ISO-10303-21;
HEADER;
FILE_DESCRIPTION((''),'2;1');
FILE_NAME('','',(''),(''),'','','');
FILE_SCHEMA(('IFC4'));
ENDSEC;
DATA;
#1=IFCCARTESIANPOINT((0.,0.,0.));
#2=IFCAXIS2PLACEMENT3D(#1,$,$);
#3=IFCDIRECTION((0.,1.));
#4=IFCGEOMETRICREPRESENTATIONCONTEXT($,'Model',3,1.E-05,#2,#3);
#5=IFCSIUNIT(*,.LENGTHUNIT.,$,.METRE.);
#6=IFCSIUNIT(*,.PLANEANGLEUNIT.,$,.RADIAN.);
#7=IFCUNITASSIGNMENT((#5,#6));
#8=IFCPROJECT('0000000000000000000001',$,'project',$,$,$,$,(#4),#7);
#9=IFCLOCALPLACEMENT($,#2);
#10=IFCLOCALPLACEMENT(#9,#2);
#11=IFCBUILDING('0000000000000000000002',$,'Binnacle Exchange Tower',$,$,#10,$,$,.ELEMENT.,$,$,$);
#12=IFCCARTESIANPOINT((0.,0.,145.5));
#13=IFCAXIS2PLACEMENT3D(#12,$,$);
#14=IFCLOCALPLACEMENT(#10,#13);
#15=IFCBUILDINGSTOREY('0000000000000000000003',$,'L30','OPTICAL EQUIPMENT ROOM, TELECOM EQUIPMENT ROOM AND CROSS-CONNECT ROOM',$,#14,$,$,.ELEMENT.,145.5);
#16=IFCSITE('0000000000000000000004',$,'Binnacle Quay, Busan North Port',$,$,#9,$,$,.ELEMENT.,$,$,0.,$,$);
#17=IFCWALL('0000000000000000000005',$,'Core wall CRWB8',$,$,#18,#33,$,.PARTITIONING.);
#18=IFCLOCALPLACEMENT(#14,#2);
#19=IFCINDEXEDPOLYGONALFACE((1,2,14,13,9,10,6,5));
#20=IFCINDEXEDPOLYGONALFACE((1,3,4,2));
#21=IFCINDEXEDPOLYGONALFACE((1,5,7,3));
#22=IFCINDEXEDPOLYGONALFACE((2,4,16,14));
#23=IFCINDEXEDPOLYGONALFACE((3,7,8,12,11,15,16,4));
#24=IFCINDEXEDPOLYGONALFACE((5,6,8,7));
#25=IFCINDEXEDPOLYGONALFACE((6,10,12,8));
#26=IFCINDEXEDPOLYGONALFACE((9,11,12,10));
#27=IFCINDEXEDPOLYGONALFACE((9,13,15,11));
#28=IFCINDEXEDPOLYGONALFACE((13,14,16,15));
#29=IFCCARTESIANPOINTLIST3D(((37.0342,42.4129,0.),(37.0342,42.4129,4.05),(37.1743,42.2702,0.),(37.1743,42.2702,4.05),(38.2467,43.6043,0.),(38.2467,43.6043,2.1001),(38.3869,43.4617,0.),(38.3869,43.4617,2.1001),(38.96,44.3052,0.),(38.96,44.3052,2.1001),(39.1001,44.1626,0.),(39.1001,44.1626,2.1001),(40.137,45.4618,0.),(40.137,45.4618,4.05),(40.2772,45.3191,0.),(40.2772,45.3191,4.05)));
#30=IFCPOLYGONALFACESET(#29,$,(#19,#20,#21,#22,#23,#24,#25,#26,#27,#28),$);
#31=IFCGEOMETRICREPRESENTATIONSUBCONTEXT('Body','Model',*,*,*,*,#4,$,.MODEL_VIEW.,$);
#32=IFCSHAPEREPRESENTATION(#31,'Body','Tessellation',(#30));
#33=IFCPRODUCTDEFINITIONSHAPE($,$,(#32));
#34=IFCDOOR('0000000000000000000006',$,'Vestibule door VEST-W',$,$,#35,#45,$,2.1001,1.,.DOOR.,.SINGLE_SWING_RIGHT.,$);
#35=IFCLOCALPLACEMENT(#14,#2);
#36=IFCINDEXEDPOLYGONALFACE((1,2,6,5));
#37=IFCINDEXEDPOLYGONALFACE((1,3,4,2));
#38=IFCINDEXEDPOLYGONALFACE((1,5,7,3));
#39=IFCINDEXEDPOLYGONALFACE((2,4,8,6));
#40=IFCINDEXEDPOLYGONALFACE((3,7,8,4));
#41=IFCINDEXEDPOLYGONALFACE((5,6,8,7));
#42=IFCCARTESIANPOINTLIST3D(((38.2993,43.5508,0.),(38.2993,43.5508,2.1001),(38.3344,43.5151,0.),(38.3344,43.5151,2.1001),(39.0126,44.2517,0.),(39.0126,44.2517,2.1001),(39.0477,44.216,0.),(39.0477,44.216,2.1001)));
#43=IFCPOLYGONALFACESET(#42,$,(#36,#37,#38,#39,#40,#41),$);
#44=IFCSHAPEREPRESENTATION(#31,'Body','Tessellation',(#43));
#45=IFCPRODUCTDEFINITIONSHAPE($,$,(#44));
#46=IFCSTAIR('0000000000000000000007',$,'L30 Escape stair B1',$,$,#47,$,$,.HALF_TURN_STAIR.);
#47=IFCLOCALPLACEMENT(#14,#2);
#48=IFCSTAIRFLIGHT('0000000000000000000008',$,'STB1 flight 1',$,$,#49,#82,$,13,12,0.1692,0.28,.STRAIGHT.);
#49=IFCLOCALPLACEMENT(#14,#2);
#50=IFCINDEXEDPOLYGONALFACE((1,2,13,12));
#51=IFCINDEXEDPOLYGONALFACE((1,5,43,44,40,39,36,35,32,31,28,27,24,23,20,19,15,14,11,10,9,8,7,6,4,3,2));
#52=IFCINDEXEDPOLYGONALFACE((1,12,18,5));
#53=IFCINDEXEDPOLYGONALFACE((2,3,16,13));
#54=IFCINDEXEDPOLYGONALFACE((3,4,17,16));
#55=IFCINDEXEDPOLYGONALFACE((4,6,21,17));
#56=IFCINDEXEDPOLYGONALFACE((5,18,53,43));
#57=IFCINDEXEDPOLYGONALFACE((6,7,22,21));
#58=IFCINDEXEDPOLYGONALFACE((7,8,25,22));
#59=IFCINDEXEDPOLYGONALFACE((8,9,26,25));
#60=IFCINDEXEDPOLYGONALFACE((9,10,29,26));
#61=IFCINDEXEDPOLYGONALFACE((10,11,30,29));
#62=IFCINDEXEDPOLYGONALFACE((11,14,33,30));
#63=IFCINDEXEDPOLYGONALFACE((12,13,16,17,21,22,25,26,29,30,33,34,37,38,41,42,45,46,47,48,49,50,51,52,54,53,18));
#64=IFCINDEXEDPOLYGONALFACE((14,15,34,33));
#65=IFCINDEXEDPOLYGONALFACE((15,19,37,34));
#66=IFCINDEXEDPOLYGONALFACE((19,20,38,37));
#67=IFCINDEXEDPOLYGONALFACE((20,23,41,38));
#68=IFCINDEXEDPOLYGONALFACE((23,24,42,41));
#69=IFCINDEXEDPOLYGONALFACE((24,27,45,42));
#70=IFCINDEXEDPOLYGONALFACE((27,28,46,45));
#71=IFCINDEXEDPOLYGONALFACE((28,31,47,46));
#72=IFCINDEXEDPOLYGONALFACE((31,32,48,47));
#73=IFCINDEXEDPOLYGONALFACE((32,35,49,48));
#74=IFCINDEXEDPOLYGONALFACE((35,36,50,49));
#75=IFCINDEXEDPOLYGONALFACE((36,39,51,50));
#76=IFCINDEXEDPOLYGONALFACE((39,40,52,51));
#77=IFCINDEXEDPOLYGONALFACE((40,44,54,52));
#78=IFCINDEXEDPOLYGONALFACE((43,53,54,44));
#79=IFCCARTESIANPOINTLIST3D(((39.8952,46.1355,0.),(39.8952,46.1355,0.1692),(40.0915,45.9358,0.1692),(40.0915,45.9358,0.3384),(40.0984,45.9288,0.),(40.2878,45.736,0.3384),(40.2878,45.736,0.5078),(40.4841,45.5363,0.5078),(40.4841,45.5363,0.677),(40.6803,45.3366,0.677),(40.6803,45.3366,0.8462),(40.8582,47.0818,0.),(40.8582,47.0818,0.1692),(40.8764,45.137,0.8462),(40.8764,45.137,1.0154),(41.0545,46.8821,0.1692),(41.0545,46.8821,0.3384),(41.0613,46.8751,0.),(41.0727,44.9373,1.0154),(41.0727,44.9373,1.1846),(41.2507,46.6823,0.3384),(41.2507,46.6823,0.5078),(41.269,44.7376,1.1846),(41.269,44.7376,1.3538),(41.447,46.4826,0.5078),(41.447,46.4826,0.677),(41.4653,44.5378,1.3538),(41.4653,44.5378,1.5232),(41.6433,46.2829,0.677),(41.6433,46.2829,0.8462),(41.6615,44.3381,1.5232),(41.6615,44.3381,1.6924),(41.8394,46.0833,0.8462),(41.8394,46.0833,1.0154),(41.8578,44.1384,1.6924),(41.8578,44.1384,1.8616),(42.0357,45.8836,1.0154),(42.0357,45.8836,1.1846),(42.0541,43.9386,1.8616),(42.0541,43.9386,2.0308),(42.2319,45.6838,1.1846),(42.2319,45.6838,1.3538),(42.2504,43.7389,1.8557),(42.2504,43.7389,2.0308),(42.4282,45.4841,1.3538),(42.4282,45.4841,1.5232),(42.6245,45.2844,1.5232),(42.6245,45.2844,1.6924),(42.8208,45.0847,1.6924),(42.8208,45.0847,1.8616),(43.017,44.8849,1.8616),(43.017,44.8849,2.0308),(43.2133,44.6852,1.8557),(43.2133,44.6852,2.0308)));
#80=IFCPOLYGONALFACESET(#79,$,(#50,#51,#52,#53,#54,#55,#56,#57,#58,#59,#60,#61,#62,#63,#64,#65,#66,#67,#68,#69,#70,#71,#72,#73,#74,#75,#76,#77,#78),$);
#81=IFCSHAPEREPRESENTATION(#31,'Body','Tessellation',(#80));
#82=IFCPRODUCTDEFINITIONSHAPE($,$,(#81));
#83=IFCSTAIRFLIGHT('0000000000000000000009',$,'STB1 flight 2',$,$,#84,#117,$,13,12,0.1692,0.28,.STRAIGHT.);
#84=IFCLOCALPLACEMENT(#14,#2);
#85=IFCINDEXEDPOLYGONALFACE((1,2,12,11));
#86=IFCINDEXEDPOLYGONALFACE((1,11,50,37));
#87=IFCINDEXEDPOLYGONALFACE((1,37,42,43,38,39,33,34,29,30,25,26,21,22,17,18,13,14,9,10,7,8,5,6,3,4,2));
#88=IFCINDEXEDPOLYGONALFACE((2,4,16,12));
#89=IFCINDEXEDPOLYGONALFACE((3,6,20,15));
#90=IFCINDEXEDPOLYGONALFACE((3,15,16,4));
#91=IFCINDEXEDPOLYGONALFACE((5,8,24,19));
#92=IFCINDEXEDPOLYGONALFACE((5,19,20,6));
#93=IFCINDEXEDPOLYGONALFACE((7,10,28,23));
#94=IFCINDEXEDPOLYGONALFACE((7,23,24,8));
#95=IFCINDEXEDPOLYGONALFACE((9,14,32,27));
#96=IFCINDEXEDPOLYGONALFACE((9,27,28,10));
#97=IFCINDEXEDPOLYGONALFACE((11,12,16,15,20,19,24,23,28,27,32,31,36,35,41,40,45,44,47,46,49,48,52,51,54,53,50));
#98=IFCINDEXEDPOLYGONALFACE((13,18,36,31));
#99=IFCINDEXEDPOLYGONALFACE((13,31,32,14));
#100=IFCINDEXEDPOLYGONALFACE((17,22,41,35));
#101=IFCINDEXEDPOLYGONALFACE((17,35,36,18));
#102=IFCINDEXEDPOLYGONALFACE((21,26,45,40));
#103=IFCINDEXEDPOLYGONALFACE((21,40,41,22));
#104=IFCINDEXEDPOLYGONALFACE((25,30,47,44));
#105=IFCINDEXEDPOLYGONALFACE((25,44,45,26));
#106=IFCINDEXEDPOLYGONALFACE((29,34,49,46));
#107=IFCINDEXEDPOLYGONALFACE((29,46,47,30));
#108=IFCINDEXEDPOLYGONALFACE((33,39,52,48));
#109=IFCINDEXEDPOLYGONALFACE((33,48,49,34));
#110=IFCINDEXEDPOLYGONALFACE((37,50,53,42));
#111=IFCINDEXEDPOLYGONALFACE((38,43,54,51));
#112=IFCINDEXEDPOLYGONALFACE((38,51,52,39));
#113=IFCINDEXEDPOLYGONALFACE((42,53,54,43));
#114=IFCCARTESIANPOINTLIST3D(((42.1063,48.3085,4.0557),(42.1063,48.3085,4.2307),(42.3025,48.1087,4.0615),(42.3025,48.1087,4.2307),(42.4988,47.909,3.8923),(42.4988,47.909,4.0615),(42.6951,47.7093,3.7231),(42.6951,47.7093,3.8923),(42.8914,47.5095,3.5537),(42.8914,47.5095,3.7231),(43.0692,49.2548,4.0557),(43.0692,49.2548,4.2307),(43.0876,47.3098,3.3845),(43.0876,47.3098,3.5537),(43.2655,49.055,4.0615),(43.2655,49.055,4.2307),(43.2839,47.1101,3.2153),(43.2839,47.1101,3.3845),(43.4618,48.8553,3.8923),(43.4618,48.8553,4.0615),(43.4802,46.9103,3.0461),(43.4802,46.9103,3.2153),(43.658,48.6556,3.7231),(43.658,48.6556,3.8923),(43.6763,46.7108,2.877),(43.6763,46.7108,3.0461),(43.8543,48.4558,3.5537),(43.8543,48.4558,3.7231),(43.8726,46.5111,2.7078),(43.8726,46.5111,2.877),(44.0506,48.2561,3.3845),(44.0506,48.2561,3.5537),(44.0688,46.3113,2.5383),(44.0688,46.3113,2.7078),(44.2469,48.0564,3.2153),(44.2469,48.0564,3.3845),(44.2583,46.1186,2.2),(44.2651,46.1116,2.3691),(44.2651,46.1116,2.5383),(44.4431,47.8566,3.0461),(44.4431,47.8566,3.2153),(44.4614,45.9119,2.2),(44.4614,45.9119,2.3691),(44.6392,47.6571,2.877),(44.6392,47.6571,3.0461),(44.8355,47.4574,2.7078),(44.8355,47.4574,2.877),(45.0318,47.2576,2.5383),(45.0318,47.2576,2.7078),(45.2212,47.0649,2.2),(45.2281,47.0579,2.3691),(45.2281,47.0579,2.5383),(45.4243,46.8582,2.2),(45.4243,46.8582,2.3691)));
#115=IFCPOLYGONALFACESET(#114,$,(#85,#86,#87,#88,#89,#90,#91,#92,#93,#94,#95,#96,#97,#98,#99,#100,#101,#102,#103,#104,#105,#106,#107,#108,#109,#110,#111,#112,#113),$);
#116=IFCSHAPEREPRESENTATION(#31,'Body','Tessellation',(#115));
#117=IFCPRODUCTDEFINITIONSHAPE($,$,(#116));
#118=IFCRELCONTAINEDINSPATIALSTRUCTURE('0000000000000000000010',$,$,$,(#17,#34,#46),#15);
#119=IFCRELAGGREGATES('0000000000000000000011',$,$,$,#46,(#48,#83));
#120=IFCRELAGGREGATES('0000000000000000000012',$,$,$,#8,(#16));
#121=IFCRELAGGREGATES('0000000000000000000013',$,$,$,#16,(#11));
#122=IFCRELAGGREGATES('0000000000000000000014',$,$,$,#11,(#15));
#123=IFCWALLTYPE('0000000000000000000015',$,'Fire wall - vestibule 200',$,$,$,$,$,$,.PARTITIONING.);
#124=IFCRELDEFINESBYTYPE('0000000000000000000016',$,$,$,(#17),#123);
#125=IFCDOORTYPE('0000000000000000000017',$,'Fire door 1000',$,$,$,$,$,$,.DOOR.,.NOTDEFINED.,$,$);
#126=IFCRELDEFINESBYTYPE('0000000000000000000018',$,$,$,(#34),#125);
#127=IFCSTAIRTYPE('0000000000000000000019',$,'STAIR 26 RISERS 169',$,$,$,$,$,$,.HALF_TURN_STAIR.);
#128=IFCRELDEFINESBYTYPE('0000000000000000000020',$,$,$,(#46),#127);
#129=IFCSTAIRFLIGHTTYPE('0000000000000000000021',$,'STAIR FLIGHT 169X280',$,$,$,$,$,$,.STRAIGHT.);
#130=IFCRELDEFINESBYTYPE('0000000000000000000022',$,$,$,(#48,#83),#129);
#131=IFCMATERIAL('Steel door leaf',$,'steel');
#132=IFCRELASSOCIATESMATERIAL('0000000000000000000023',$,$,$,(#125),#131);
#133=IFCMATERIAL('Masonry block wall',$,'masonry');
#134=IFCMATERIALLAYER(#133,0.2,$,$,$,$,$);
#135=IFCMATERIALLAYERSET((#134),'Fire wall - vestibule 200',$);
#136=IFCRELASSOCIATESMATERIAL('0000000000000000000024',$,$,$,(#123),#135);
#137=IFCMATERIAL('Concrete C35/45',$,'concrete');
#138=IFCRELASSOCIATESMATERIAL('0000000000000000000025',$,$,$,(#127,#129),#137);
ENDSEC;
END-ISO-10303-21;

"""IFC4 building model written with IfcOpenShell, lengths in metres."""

from ifc_helpers import new_model, si_unit, direction, frame, frame_2d, origin, place, context, subcontext, project, spatial, polyline, rectangle, outline, extrude, material, layer, layer_set, type_object, element, fill, aggregate, save


model = new_model("IFC4")

# Units and contexts
model_context = context("Model", 3, precision=1e-05, world=origin(), true_north=direction((0.0, 1.0)))
body_context = subcontext(model_context, "Body", "Model", "MODEL_VIEW")
ifc_project = project(units=[si_unit("LENGTHUNIT", "METRE"), si_unit("PLANEANGLEUNIT", "RADIAN")], contexts=[model_context])

# Site, building, storey
site_placement = place(None, origin())
site = spatial("IfcSite", under=ifc_project, at=site_placement, Name="Binnacle Quay, Busan North Port", CompositionType="ELEMENT", RefElevation=0.0)
building_placement = place(site_placement, origin())
building = spatial("IfcBuilding", under=site, at=building_placement, Name="Binnacle Exchange Tower", CompositionType="ELEMENT")
storey_placement = place(building_placement, frame((0.0, 0.0, 145.5)))
storey = spatial("IfcBuildingStorey", under=building, at=storey_placement, Name="L30", Description="OPTICAL EQUIPMENT ROOM, TELECOM EQUIPMENT ROOM AND CROSS-CONNECT ROOM", CompositionType="ELEMENT", Elevation=145.5)

# Shared definitions
ifc_material_1 = material(Name="Steel door leaf", Category="steel")
door_type = type_object("IfcDoorType", Name="Fire door 1000", OperationType="NOTDEFINED", PredefinedType="DOOR", material=ifc_material_1)

# Wall, opening, door
ifc_material_2 = material(Name="Masonry block wall", Category="masonry")
ifc_layer_1 = layer(ifc_material_2, 0.2)
ifc_layer_set_1 = layer_set([ifc_layer_1], Name="Fire wall - vestibule 200")
wall_type_1 = type_object("IfcWallType", Name="Fire wall - vestibule 200", PredefinedType="PARTITIONING", material=ifc_layer_set_1)
wall_1_placement = place(storey_placement, frame((37.1042, 42.3416, 0.0), z_axis=(0.0, 0.0, 1.0), x_axis=(0.713281, 0.700878, 0.0)))
wall_1 = element("IfcWall", 1, at=wall_1_placement, inside=storey, type_object=wall_type_1, Name="Core wall CRWB8", PredefinedType="PARTITIONING", context=body_context, shape_type="SweptSolid", body=[
    extrude(rectangle(XDim=4.3501, YDim=0.2, at=frame_2d((2.175, 0.0))), origin(), (0.0, 0.0, 1.0), 4.05),
])
opening_1_placement = place(wall_1_placement, frame((1.7, 0.0, 0.0)))
opening_1 = element("IfcOpeningElement", 2, at=opening_1_placement, cuts=wall_1, PredefinedType="OPENING", context=body_context, shape_type="SweptSolid", body=[
    extrude(rectangle(XDim=1.0, YDim=2.1001, at=frame_2d((0.5, 1.05))), frame((0.0, 0.1099, 0.0), z_axis=(0.0, -1.0, 0.0), x_axis=(1.0, 0.0, 0.0)), (0.0, 0.0, 1.0), 0.22),
])
door_1_placement = place(opening_1_placement, origin())
door_1 = element("IfcDoor", 3, at=door_1_placement, inside=storey, type_object=door_type, Name="Vestibule door VEST-W", OperationType="SINGLE_SWING_RIGHT", OverallHeight=2.1001, OverallWidth=1.0, PredefinedType="DOOR", context=body_context, shape_type="SweptSolid", body=[
    extrude(rectangle(XDim=1.0, YDim=2.1001, at=frame_2d((0.5, 1.05))), frame((0.0, 0.0249, 0.0), z_axis=(0.0, -1.0, 0.0), x_axis=(1.0, 0.0, 0.0)), (0.0, 0.0, 1.0), 0.05),
])
fill(opening_1, door_1)

# Stair, stair flights
ifc_material_3 = material(Name="Concrete C35/45", Category="concrete")
stair_type = type_object("IfcStairType", Name="STAIR 26 RISERS 169", PredefinedType="HALF_TURN_STAIR", material=ifc_material_3)
stair_placement = place(storey_placement, origin())
stair = element("IfcStair", 4, at=stair_placement, inside=storey, type_object=stair_type, Name="L30 Escape stair B1", PredefinedType="HALF_TURN_STAIR")
stair_flight_type = type_object("IfcStairFlightType", Name="STAIR FLIGHT 169X280", PredefinedType="STRAIGHT", material=ifc_material_3)
stair_flight_1_placement = place(storey_placement, frame((40.3767, 46.6086, 0.0), z_axis=(0.0, 0.0, 1.0), x_axis=(0.700909, -0.71325, 0.0)))
stair_flight_1 = element("IfcStairFlight", 5, at=stair_flight_1_placement, type_object=stair_flight_type, Name="STB1 flight 1", NumberOfRisers=13, NumberOfTreads=12, PredefinedType="STRAIGHT", RiserHeight=0.1692, TreadLength=0.28, context=body_context, shape_type="SweptSolid", body=[
    extrude(outline(polyline([(0.0, 0.0), (0.0, 0.1692), (0.28, 0.1692), (0.28, 0.3384), (0.5601, 0.3384), (0.5601, 0.5078), (0.8401, 0.5078), (0.8401, 0.677), (1.1201, 0.677), (1.1201, 0.8462), (1.3999, 0.8462), (1.3999, 1.0154), (1.6799, 1.0154), (1.6799, 1.1846), (1.96, 1.1846), (1.96, 1.3538), (2.24, 1.3538), (2.24, 1.5232), (2.52, 1.5232), (2.52, 1.6924), (2.8, 1.6924), (2.8, 1.8616), (3.0801, 1.8616), (3.0801, 2.0308), (3.3601, 2.0308), (3.3601, 2.2), (3.3601, 1.8557), (0.2898, 0.0), (0.0, 0.0)])), frame((0.0, 0.675, 0.0), z_axis=(0.0, -1.0, 0.0), x_axis=(1.0, 0.0, 0.0)), (0.0, 0.0, 1.0), 1.3501),
])
stair_flight_2_placement = place(storey_placement, frame((44.9429, 46.385, 2.2), z_axis=(0.0, 0.0, 1.0), x_axis=(-0.700909, 0.71325, 0.0)))
stair_flight_2 = element("IfcStairFlight", 6, at=stair_flight_2_placement, type_object=stair_flight_type, Name="STB1 flight 2", NumberOfRisers=13, NumberOfTreads=12, PredefinedType="STRAIGHT", RiserHeight=0.1692, TreadLength=0.28, context=body_context, shape_type="SweptSolid", body=[
    extrude(outline(polyline([(0.0, 0.0), (0.0, 0.1692), (0.28, 0.1692), (0.28, 0.3384), (0.5601, 0.3384), (0.5601, 0.5078), (0.8401, 0.5078), (0.8401, 0.677), (1.1201, 0.677), (1.1201, 0.8462), (1.3999, 0.8462), (1.3999, 1.0154), (1.6799, 1.0154), (1.6799, 1.1846), (1.96, 1.1846), (1.96, 1.3538), (2.24, 1.3538), (2.24, 1.5232), (2.52, 1.5232), (2.52, 1.6924), (2.8, 1.6924), (2.8, 1.8616), (3.0801, 1.8616), (3.0801, 2.0308), (3.3601, 2.0308), (3.3601, 2.2), (3.3601, 1.8557), (0.2898, 0.0), (0.0, 0.0)])), frame((0.0, 0.675, 0.0), z_axis=(0.0, -1.0, 0.0), x_axis=(1.0, 0.0, 0.0)), (0.0, 0.0, 1.0), 1.3501),
])
aggregate(stair, [stair_flight_1, stair_flight_2])

save(model, "model.ifc")
